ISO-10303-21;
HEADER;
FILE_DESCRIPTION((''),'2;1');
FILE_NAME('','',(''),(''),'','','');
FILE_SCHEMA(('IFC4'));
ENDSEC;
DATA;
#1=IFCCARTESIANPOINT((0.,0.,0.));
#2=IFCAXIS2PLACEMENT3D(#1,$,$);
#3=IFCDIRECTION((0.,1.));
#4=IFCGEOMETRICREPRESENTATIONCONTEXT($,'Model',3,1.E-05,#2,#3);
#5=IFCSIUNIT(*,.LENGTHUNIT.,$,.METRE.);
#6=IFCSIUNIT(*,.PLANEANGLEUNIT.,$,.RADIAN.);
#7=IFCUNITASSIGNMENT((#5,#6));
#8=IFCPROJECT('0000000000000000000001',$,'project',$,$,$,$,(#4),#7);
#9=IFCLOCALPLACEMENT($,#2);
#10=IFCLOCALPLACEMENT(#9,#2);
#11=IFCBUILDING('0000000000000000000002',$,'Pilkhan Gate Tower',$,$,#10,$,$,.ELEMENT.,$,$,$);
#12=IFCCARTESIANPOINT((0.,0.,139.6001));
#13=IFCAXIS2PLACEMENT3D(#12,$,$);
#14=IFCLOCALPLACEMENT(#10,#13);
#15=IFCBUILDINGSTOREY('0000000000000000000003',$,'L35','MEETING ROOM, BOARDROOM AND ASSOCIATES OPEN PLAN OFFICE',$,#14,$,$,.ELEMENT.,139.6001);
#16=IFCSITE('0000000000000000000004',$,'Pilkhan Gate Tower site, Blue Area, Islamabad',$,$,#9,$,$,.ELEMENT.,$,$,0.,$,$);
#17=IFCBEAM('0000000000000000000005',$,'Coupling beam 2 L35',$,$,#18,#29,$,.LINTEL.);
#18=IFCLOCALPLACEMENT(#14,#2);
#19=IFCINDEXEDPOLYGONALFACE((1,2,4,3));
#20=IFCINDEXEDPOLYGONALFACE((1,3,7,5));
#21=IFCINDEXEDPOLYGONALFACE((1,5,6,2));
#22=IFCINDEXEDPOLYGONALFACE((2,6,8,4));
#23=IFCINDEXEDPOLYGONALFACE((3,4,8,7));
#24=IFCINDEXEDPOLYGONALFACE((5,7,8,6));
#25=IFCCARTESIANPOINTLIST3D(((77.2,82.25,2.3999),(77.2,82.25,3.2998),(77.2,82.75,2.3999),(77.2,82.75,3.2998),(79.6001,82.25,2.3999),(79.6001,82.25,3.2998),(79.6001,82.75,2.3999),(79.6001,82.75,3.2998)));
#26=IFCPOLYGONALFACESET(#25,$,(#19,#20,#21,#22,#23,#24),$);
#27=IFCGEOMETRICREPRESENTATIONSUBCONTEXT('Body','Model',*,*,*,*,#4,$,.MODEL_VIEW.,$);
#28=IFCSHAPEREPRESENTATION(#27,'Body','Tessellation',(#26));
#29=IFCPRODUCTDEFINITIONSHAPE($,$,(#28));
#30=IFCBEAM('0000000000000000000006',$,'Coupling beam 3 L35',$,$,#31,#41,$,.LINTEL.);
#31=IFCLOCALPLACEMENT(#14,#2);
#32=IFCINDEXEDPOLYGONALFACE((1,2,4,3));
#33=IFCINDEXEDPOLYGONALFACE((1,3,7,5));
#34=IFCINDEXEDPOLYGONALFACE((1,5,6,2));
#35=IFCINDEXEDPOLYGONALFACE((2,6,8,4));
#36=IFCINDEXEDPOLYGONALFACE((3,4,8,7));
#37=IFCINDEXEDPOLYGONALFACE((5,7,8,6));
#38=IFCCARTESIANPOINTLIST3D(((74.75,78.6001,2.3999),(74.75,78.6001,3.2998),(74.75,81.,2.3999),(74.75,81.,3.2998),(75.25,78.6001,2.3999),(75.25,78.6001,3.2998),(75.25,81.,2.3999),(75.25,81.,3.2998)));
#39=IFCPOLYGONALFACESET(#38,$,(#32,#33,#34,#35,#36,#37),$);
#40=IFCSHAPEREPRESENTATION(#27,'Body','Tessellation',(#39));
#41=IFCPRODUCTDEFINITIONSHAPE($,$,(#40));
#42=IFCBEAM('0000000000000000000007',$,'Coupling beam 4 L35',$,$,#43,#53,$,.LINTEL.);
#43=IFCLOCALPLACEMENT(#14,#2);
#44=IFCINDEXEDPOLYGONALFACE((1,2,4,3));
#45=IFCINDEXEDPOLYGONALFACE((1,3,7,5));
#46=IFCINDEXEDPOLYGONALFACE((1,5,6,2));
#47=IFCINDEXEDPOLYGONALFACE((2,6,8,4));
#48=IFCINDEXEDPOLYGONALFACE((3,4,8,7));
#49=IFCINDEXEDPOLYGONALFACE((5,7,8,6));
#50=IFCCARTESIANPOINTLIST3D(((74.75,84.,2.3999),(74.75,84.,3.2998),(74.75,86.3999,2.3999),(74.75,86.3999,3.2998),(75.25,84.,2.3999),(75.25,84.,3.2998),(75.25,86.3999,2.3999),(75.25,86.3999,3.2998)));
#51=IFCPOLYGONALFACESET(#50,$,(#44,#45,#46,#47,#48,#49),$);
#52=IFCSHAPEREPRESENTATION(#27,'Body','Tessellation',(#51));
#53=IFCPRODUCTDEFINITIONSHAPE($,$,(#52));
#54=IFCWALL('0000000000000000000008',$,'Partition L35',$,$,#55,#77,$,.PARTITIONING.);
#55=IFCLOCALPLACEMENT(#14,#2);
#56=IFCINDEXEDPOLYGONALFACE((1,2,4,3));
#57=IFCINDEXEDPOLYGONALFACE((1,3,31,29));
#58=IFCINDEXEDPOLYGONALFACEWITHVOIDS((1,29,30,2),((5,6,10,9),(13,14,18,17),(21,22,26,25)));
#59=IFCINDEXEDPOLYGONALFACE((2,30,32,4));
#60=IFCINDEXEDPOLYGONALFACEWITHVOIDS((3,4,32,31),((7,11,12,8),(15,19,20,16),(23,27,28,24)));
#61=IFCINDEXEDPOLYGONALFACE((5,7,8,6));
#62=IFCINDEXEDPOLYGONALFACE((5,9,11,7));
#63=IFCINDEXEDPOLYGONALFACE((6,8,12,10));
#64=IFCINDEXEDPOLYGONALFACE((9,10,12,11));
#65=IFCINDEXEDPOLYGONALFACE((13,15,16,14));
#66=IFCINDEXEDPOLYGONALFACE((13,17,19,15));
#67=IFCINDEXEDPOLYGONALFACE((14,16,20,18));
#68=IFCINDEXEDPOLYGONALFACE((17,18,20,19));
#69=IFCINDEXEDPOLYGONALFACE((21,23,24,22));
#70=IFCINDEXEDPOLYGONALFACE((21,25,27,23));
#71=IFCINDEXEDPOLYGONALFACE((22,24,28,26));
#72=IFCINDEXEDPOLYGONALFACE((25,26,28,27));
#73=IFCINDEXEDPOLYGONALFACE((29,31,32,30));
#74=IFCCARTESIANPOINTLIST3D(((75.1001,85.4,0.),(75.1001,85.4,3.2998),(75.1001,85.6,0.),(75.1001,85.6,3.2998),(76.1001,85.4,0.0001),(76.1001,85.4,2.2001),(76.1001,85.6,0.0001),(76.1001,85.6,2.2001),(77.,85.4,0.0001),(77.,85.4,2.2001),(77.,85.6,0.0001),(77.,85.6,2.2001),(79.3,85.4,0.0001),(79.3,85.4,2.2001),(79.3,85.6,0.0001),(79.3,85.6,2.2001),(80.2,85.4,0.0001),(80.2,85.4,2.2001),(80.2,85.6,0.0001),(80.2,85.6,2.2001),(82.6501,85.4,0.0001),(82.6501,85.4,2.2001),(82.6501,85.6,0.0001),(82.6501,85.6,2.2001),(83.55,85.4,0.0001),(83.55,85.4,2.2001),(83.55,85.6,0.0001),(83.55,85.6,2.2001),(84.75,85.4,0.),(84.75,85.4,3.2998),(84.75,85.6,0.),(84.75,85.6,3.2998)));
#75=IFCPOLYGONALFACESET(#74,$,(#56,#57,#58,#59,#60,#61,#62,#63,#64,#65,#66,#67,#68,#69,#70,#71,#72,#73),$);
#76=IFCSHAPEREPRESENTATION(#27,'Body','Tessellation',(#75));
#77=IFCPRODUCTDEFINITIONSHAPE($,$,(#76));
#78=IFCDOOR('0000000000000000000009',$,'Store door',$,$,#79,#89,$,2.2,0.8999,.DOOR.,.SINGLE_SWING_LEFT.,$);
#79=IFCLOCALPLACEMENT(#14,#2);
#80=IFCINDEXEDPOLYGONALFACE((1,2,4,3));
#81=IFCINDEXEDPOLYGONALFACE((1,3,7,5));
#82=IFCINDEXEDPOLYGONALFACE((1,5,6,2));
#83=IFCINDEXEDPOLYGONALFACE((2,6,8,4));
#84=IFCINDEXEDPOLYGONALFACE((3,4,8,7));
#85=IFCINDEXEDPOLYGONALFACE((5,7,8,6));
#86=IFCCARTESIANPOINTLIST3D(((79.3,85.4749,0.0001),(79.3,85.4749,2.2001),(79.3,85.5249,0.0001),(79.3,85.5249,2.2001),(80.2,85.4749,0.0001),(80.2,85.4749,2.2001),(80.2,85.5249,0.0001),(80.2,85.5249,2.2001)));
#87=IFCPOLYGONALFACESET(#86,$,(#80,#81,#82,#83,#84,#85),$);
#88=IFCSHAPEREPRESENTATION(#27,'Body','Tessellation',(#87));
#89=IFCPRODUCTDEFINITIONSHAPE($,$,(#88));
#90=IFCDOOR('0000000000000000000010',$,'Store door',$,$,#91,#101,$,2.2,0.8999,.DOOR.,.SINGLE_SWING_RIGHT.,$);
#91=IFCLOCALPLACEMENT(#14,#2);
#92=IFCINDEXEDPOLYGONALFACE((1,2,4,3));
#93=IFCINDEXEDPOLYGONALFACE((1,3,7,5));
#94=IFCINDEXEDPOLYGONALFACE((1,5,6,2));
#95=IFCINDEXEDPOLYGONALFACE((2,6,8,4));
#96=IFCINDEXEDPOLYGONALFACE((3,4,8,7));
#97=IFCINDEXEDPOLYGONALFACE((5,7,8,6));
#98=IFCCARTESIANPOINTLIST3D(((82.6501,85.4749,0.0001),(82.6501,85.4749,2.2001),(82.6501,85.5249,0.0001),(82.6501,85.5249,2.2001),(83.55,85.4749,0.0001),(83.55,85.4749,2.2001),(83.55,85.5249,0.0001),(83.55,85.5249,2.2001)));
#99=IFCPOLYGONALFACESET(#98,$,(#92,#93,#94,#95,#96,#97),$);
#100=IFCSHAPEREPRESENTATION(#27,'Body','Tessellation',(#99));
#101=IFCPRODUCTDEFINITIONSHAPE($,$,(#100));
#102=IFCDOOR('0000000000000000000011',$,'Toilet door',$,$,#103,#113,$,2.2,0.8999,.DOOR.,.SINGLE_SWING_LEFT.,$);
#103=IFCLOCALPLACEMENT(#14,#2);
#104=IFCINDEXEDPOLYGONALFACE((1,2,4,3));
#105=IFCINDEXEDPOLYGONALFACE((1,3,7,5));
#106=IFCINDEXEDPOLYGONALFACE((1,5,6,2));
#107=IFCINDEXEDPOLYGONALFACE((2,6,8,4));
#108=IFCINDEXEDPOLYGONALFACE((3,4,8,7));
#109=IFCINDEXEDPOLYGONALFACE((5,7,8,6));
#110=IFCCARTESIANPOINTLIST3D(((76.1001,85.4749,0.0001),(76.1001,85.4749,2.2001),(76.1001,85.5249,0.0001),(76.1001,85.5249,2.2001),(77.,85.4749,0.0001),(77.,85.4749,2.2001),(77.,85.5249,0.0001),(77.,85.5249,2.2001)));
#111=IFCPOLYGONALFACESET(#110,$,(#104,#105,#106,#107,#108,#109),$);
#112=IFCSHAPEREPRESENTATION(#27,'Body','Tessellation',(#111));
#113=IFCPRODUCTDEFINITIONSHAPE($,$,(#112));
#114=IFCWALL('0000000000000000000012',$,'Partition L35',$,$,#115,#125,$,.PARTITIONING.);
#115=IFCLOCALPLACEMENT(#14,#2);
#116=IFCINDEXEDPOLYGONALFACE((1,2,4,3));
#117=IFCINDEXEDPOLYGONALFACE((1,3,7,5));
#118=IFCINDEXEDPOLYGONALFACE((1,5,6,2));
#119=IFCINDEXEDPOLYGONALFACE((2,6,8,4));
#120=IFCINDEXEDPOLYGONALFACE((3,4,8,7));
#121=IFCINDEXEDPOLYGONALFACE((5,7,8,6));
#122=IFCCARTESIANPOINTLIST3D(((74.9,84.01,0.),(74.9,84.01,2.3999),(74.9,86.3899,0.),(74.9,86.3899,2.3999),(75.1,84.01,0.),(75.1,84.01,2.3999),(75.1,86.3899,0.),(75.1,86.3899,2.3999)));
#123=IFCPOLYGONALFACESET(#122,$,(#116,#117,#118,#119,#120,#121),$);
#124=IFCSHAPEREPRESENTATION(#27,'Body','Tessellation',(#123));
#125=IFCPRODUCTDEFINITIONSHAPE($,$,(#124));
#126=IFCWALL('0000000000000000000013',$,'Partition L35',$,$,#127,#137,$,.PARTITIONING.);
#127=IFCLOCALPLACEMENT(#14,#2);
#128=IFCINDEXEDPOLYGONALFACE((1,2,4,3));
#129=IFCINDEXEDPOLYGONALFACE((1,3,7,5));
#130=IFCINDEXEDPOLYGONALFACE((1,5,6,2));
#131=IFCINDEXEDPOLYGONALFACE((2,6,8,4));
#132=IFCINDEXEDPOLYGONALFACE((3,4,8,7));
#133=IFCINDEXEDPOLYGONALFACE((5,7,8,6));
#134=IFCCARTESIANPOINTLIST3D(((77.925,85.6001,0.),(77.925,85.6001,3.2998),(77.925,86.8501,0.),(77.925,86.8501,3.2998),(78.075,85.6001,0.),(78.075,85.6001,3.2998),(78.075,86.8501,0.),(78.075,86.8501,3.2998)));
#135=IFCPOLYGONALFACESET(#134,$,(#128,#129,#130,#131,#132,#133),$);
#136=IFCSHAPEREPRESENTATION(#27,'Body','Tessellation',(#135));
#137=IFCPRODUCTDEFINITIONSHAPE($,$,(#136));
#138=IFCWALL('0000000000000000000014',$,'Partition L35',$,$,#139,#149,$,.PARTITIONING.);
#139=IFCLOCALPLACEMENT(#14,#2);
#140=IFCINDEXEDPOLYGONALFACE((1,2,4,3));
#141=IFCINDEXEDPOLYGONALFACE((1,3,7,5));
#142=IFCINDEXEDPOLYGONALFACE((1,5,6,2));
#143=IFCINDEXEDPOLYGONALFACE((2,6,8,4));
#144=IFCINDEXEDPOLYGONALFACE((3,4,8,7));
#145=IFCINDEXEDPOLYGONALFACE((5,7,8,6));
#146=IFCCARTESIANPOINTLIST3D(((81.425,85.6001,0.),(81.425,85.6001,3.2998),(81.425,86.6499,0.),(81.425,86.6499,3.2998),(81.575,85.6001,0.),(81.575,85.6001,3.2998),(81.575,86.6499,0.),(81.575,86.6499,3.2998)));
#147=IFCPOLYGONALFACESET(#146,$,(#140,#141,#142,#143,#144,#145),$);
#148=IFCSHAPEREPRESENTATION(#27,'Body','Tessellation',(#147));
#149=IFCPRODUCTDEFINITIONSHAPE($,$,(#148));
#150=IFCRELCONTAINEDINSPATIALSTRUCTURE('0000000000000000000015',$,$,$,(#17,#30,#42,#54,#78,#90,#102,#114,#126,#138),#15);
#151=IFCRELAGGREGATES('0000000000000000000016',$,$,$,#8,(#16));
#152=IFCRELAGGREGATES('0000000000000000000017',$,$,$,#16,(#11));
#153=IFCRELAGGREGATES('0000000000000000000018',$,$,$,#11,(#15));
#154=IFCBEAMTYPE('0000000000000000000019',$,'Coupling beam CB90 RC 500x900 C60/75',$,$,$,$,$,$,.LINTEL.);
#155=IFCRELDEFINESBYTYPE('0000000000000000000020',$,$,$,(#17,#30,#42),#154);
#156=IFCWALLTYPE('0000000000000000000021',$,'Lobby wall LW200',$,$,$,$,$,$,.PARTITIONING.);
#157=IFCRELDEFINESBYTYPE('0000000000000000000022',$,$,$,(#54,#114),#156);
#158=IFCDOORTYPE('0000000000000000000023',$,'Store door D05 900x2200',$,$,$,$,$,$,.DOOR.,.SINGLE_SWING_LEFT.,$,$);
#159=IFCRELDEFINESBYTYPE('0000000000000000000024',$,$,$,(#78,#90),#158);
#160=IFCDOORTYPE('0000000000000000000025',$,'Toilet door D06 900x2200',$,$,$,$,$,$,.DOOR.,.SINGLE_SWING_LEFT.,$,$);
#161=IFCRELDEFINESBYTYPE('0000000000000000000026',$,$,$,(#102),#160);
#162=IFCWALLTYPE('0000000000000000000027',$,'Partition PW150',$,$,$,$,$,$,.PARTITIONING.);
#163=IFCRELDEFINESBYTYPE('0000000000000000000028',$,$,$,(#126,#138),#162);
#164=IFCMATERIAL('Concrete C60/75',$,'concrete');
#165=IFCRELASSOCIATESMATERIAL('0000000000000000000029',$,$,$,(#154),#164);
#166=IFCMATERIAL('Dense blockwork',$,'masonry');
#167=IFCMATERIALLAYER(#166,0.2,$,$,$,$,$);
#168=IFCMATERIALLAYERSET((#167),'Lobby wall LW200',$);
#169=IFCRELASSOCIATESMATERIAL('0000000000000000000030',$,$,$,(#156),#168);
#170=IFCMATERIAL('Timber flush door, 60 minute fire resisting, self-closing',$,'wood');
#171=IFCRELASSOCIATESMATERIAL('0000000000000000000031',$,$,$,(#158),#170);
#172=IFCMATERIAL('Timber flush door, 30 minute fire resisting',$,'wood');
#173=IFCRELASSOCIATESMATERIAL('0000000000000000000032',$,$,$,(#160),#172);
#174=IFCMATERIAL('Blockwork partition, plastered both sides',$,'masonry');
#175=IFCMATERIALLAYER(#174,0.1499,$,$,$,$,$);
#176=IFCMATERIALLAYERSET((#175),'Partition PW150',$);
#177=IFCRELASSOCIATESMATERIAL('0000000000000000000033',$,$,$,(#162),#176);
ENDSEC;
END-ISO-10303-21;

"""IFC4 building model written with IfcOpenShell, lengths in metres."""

from ifc_helpers import new_model, si_unit, direction, frame, frame_2d, origin, origin_2d, place, context, subcontext, project, spatial, rectangle, extrude, material, layer, layer_set, material_profile, profile_set, type_object, element, fill, save


model = new_model("IFC4")

# Units and contexts
model_context = context("Model", 3, precision=1e-05, world=origin(), true_north=direction((0.0, 1.0)))
body_context = subcontext(model_context, "Body", "Model", "MODEL_VIEW")
ifc_project = project(units=[si_unit("LENGTHUNIT", "METRE"), si_unit("PLANEANGLEUNIT", "RADIAN")], contexts=[model_context])

# Site, building, storey
site_placement = place(None, origin())
site = spatial("IfcSite", under=ifc_project, at=site_placement, Name="Pilkhan Gate Tower site, Blue Area, Islamabad", CompositionType="ELEMENT", RefElevation=0.0)
building_placement = place(site_placement, origin())
building = spatial("IfcBuilding", under=site, at=building_placement, Name="Pilkhan Gate Tower", CompositionType="ELEMENT")
storey_placement = place(building_placement, frame((0.0, 0.0, 139.6001)))
storey = spatial("IfcBuildingStorey", under=building, at=storey_placement, Name="L35", Description="MEETING ROOM, BOARDROOM AND ASSOCIATES OPEN PLAN OFFICE", CompositionType="ELEMENT", Elevation=139.6001)

# Beams
ifc_material_1 = material(Name="Concrete C60/75", Category="concrete")
ifc_material_profile = material_profile(ifc_material_1, rectangle(XDim=0.5, YDim=0.8999, at=origin_2d()), Name="RC 500x900")
ifc_profile_set = profile_set([ifc_material_profile], Name="Concrete C60/75")
beam_type = type_object("IfcBeamType", Name="Coupling beam CB90 RC 500x900 C60/75", PredefinedType="LINTEL", material=ifc_profile_set)
beam_placement = place(storey_placement, frame((77.2, 82.5, 2.8499), z_axis=(1.0, 0.0, 0.0), x_axis=(0.0, 1.0, 0.0)))
element("IfcBeam", 1, at=beam_placement, inside=storey, type_object=beam_type, Name="Coupling beam 2 L35", PredefinedType="LINTEL", context=body_context, shape_type="SweptSolid", body=[
    extrude(rectangle(XDim=0.5, YDim=0.8999, at=origin_2d()), origin(), (0.0, 0.0, 1.0), 2.4001),
])
for number, where, z_axis, x_axis, name in (
    (2, (75.0, 78.6001, 2.8499), (0.0, 1.0, 0.0), (-1.0, 0.0, 0.0), "Coupling beam 3 L35"),
    (3, (75.0, 84.0, 2.8499), (0.0, 1.0, 0.0), (-1.0, 0.0, 0.0), "Coupling beam 4 L35"),
):
    element("IfcBeam", number, at=place(storey_placement, frame(where, z_axis=z_axis, x_axis=x_axis)), inside=storey, type_object=beam_type, Name=name, PredefinedType="LINTEL", context=body_context, shape_type="SweptSolid", body=[
        extrude(rectangle(XDim=0.5, YDim=0.8999, at=origin_2d()), origin(), (0.0, 0.0, 1.0), 2.3999),
    ])

# Wall, openings, doors
ifc_material_2 = material(Name="Dense blockwork", Category="masonry")
ifc_layer_1 = layer(ifc_material_2, 0.2)
ifc_layer_set_1 = layer_set([ifc_layer_1], Name="Lobby wall LW200")
wall_type_1 = type_object("IfcWallType", Name="Lobby wall LW200", PredefinedType="PARTITIONING", material=ifc_layer_set_1)
wall_1_placement = place(storey_placement, frame((75.1001, 85.5, 0.0), z_axis=(0.0, 0.0, 1.0), x_axis=(1.0, 0.0, 0.0)))
wall_1 = element("IfcWall", 4, at=wall_1_placement, inside=storey, type_object=wall_type_1, Name="Partition L35", PredefinedType="PARTITIONING", context=body_context, shape_type="SweptSolid", body=[
    extrude(rectangle(XDim=9.6499, YDim=0.2, at=frame_2d((4.825, 0.0))), origin(), (0.0, 0.0, 1.0), 3.2998),
])
opening_1_placement = place(wall_1_placement, frame((1.0, 0.0, 0.0)))
opening_1 = element("IfcOpeningElement", 5, at=opening_1_placement, cuts=wall_1, PredefinedType="OPENING", context=body_context, shape_type="SweptSolid", body=[
    extrude(rectangle(XDim=0.8999, YDim=2.2, at=frame_2d((0.45, 1.1001))), frame((0.0, 0.1099, 0.0), z_axis=(0.0, -1.0, 0.0), x_axis=(1.0, 0.0, 0.0)), (0.0, 0.0, 1.0), 0.22),
])
opening_2_placement = place(wall_1_placement, frame((4.2, 0.0, 0.0)))
opening_2 = element("IfcOpeningElement", 6, at=opening_2_placement, cuts=wall_1, PredefinedType="OPENING", context=body_context, shape_type="SweptSolid", body=[
    extrude(rectangle(XDim=0.8999, YDim=2.2, at=frame_2d((0.45, 1.1001))), frame((0.0, 0.1099, 0.0), z_axis=(0.0, -1.0, 0.0), x_axis=(1.0, 0.0, 0.0)), (0.0, 0.0, 1.0), 0.22),
])
opening_3_placement = place(wall_1_placement, frame((7.55, 0.0, 0.0)))
opening_3 = element("IfcOpeningElement", 7, at=opening_3_placement, cuts=wall_1, PredefinedType="OPENING", context=body_context, shape_type="SweptSolid", body=[
    extrude(rectangle(XDim=0.8999, YDim=2.2, at=frame_2d((0.45, 1.1001))), frame((0.0, 0.1099, 0.0), z_axis=(0.0, -1.0, 0.0), x_axis=(1.0, 0.0, 0.0)), (0.0, 0.0, 1.0), 0.22),
])
ifc_material_3 = material(Name="Timber flush door, 60 minute fire resisting, self-closing", Category="wood")
door_type_1 = type_object("IfcDoorType", Name="Store door D05 900x2200", OperationType="SINGLE_SWING_LEFT", PredefinedType="DOOR", material=ifc_material_3)
door_1_placement = place(opening_2_placement, origin())
door_1 = element("IfcDoor", 8, at=door_1_placement, inside=storey, type_object=door_type_1, Name="Store door", OperationType="SINGLE_SWING_LEFT", OverallHeight=2.2, OverallWidth=0.8999, PredefinedType="DOOR", context=body_context, shape_type="SweptSolid", body=[
    extrude(rectangle(XDim=0.8999, YDim=2.2, at=frame_2d((0.45, 1.1001))), frame((0.0, 0.0249, 0.0), z_axis=(0.0, -1.0, 0.0), x_axis=(1.0, 0.0, 0.0)), (0.0, 0.0, 1.0), 0.05),
])
fill(opening_2, door_1)
door_2_placement = place(opening_3_placement, origin())
door_2 = element("IfcDoor", 9, at=door_2_placement, inside=storey, type_object=door_type_1, Name="Store door", OperationType="SINGLE_SWING_RIGHT", OverallHeight=2.2, OverallWidth=0.8999, PredefinedType="DOOR", context=body_context, shape_type="SweptSolid", body=[
    extrude(rectangle(XDim=0.8999, YDim=2.2, at=frame_2d((0.45, 1.1001))), frame((0.0, 0.0249, 0.0), z_axis=(0.0, -1.0, 0.0), x_axis=(1.0, 0.0, 0.0)), (0.0, 0.0, 1.0), 0.05),
])
fill(opening_3, door_2)
ifc_material_4 = material(Name="Timber flush door, 30 minute fire resisting", Category="wood")
door_type_2 = type_object("IfcDoorType", Name="Toilet door D06 900x2200", OperationType="SINGLE_SWING_LEFT", PredefinedType="DOOR", material=ifc_material_4)
door_3_placement = place(opening_1_placement, origin())
door_3 = element("IfcDoor", 10, at=door_3_placement, inside=storey, type_object=door_type_2, Name="Toilet door", OperationType="SINGLE_SWING_LEFT", OverallHeight=2.2, OverallWidth=0.8999, PredefinedType="DOOR", context=body_context, shape_type="SweptSolid", body=[
    extrude(rectangle(XDim=0.8999, YDim=2.2, at=frame_2d((0.45, 1.1001))), frame((0.0, 0.0249, 0.0), z_axis=(0.0, -1.0, 0.0), x_axis=(1.0, 0.0, 0.0)), (0.0, 0.0, 1.0), 0.05),
])
fill(opening_1, door_3)

# Walls
wall_2_placement = place(storey_placement, frame((75.0, 84.01, 0.0), z_axis=(0.0, 0.0, 1.0), x_axis=(0.0, 1.0, 0.0)))
element("IfcWall", 11, at=wall_2_placement, inside=storey, type_object=wall_type_1, Name="Partition L35", PredefinedType="PARTITIONING", context=body_context, shape_type="SweptSolid", body=[
    extrude(rectangle(XDim=2.3799, YDim=0.2, at=frame_2d((1.1899, 0.0))), origin(), (0.0, 0.0, 1.0), 2.3999),
])
ifc_material_5 = material(Name="Blockwork partition, plastered both sides", Category="masonry")
ifc_layer_2 = layer(ifc_material_5, 0.1499)
ifc_layer_set_2 = layer_set([ifc_layer_2], Name="Partition PW150")
wall_type_2 = type_object("IfcWallType", Name="Partition PW150", PredefinedType="PARTITIONING", material=ifc_layer_set_2)
wall_3_placement = place(storey_placement, frame((78.0, 85.6001, 0.0), z_axis=(0.0, 0.0, 1.0), x_axis=(0.0, 1.0, 0.0)))
element("IfcWall", 12, at=wall_3_placement, inside=storey, type_object=wall_type_2, Name="Partition L35", PredefinedType="PARTITIONING", context=body_context, shape_type="SweptSolid", body=[
    extrude(rectangle(XDim=1.25, YDim=0.1499, at=frame_2d((0.625, 0.0))), origin(), (0.0, 0.0, 1.0), 3.2998),
])
wall_4_placement = place(storey_placement, frame((81.5, 85.6001, 0.0), z_axis=(0.0, 0.0, 1.0), x_axis=(0.0, 1.0, 0.0)))
element("IfcWall", 13, at=wall_4_placement, inside=storey, type_object=wall_type_2, Name="Partition L35", PredefinedType="PARTITIONING", context=body_context, shape_type="SweptSolid", body=[
    extrude(rectangle(XDim=1.0498, YDim=0.1499, at=frame_2d((0.5249, 0.0))), origin(), (0.0, 0.0, 1.0), 3.2998),
])

save(model, "model.ifc")
